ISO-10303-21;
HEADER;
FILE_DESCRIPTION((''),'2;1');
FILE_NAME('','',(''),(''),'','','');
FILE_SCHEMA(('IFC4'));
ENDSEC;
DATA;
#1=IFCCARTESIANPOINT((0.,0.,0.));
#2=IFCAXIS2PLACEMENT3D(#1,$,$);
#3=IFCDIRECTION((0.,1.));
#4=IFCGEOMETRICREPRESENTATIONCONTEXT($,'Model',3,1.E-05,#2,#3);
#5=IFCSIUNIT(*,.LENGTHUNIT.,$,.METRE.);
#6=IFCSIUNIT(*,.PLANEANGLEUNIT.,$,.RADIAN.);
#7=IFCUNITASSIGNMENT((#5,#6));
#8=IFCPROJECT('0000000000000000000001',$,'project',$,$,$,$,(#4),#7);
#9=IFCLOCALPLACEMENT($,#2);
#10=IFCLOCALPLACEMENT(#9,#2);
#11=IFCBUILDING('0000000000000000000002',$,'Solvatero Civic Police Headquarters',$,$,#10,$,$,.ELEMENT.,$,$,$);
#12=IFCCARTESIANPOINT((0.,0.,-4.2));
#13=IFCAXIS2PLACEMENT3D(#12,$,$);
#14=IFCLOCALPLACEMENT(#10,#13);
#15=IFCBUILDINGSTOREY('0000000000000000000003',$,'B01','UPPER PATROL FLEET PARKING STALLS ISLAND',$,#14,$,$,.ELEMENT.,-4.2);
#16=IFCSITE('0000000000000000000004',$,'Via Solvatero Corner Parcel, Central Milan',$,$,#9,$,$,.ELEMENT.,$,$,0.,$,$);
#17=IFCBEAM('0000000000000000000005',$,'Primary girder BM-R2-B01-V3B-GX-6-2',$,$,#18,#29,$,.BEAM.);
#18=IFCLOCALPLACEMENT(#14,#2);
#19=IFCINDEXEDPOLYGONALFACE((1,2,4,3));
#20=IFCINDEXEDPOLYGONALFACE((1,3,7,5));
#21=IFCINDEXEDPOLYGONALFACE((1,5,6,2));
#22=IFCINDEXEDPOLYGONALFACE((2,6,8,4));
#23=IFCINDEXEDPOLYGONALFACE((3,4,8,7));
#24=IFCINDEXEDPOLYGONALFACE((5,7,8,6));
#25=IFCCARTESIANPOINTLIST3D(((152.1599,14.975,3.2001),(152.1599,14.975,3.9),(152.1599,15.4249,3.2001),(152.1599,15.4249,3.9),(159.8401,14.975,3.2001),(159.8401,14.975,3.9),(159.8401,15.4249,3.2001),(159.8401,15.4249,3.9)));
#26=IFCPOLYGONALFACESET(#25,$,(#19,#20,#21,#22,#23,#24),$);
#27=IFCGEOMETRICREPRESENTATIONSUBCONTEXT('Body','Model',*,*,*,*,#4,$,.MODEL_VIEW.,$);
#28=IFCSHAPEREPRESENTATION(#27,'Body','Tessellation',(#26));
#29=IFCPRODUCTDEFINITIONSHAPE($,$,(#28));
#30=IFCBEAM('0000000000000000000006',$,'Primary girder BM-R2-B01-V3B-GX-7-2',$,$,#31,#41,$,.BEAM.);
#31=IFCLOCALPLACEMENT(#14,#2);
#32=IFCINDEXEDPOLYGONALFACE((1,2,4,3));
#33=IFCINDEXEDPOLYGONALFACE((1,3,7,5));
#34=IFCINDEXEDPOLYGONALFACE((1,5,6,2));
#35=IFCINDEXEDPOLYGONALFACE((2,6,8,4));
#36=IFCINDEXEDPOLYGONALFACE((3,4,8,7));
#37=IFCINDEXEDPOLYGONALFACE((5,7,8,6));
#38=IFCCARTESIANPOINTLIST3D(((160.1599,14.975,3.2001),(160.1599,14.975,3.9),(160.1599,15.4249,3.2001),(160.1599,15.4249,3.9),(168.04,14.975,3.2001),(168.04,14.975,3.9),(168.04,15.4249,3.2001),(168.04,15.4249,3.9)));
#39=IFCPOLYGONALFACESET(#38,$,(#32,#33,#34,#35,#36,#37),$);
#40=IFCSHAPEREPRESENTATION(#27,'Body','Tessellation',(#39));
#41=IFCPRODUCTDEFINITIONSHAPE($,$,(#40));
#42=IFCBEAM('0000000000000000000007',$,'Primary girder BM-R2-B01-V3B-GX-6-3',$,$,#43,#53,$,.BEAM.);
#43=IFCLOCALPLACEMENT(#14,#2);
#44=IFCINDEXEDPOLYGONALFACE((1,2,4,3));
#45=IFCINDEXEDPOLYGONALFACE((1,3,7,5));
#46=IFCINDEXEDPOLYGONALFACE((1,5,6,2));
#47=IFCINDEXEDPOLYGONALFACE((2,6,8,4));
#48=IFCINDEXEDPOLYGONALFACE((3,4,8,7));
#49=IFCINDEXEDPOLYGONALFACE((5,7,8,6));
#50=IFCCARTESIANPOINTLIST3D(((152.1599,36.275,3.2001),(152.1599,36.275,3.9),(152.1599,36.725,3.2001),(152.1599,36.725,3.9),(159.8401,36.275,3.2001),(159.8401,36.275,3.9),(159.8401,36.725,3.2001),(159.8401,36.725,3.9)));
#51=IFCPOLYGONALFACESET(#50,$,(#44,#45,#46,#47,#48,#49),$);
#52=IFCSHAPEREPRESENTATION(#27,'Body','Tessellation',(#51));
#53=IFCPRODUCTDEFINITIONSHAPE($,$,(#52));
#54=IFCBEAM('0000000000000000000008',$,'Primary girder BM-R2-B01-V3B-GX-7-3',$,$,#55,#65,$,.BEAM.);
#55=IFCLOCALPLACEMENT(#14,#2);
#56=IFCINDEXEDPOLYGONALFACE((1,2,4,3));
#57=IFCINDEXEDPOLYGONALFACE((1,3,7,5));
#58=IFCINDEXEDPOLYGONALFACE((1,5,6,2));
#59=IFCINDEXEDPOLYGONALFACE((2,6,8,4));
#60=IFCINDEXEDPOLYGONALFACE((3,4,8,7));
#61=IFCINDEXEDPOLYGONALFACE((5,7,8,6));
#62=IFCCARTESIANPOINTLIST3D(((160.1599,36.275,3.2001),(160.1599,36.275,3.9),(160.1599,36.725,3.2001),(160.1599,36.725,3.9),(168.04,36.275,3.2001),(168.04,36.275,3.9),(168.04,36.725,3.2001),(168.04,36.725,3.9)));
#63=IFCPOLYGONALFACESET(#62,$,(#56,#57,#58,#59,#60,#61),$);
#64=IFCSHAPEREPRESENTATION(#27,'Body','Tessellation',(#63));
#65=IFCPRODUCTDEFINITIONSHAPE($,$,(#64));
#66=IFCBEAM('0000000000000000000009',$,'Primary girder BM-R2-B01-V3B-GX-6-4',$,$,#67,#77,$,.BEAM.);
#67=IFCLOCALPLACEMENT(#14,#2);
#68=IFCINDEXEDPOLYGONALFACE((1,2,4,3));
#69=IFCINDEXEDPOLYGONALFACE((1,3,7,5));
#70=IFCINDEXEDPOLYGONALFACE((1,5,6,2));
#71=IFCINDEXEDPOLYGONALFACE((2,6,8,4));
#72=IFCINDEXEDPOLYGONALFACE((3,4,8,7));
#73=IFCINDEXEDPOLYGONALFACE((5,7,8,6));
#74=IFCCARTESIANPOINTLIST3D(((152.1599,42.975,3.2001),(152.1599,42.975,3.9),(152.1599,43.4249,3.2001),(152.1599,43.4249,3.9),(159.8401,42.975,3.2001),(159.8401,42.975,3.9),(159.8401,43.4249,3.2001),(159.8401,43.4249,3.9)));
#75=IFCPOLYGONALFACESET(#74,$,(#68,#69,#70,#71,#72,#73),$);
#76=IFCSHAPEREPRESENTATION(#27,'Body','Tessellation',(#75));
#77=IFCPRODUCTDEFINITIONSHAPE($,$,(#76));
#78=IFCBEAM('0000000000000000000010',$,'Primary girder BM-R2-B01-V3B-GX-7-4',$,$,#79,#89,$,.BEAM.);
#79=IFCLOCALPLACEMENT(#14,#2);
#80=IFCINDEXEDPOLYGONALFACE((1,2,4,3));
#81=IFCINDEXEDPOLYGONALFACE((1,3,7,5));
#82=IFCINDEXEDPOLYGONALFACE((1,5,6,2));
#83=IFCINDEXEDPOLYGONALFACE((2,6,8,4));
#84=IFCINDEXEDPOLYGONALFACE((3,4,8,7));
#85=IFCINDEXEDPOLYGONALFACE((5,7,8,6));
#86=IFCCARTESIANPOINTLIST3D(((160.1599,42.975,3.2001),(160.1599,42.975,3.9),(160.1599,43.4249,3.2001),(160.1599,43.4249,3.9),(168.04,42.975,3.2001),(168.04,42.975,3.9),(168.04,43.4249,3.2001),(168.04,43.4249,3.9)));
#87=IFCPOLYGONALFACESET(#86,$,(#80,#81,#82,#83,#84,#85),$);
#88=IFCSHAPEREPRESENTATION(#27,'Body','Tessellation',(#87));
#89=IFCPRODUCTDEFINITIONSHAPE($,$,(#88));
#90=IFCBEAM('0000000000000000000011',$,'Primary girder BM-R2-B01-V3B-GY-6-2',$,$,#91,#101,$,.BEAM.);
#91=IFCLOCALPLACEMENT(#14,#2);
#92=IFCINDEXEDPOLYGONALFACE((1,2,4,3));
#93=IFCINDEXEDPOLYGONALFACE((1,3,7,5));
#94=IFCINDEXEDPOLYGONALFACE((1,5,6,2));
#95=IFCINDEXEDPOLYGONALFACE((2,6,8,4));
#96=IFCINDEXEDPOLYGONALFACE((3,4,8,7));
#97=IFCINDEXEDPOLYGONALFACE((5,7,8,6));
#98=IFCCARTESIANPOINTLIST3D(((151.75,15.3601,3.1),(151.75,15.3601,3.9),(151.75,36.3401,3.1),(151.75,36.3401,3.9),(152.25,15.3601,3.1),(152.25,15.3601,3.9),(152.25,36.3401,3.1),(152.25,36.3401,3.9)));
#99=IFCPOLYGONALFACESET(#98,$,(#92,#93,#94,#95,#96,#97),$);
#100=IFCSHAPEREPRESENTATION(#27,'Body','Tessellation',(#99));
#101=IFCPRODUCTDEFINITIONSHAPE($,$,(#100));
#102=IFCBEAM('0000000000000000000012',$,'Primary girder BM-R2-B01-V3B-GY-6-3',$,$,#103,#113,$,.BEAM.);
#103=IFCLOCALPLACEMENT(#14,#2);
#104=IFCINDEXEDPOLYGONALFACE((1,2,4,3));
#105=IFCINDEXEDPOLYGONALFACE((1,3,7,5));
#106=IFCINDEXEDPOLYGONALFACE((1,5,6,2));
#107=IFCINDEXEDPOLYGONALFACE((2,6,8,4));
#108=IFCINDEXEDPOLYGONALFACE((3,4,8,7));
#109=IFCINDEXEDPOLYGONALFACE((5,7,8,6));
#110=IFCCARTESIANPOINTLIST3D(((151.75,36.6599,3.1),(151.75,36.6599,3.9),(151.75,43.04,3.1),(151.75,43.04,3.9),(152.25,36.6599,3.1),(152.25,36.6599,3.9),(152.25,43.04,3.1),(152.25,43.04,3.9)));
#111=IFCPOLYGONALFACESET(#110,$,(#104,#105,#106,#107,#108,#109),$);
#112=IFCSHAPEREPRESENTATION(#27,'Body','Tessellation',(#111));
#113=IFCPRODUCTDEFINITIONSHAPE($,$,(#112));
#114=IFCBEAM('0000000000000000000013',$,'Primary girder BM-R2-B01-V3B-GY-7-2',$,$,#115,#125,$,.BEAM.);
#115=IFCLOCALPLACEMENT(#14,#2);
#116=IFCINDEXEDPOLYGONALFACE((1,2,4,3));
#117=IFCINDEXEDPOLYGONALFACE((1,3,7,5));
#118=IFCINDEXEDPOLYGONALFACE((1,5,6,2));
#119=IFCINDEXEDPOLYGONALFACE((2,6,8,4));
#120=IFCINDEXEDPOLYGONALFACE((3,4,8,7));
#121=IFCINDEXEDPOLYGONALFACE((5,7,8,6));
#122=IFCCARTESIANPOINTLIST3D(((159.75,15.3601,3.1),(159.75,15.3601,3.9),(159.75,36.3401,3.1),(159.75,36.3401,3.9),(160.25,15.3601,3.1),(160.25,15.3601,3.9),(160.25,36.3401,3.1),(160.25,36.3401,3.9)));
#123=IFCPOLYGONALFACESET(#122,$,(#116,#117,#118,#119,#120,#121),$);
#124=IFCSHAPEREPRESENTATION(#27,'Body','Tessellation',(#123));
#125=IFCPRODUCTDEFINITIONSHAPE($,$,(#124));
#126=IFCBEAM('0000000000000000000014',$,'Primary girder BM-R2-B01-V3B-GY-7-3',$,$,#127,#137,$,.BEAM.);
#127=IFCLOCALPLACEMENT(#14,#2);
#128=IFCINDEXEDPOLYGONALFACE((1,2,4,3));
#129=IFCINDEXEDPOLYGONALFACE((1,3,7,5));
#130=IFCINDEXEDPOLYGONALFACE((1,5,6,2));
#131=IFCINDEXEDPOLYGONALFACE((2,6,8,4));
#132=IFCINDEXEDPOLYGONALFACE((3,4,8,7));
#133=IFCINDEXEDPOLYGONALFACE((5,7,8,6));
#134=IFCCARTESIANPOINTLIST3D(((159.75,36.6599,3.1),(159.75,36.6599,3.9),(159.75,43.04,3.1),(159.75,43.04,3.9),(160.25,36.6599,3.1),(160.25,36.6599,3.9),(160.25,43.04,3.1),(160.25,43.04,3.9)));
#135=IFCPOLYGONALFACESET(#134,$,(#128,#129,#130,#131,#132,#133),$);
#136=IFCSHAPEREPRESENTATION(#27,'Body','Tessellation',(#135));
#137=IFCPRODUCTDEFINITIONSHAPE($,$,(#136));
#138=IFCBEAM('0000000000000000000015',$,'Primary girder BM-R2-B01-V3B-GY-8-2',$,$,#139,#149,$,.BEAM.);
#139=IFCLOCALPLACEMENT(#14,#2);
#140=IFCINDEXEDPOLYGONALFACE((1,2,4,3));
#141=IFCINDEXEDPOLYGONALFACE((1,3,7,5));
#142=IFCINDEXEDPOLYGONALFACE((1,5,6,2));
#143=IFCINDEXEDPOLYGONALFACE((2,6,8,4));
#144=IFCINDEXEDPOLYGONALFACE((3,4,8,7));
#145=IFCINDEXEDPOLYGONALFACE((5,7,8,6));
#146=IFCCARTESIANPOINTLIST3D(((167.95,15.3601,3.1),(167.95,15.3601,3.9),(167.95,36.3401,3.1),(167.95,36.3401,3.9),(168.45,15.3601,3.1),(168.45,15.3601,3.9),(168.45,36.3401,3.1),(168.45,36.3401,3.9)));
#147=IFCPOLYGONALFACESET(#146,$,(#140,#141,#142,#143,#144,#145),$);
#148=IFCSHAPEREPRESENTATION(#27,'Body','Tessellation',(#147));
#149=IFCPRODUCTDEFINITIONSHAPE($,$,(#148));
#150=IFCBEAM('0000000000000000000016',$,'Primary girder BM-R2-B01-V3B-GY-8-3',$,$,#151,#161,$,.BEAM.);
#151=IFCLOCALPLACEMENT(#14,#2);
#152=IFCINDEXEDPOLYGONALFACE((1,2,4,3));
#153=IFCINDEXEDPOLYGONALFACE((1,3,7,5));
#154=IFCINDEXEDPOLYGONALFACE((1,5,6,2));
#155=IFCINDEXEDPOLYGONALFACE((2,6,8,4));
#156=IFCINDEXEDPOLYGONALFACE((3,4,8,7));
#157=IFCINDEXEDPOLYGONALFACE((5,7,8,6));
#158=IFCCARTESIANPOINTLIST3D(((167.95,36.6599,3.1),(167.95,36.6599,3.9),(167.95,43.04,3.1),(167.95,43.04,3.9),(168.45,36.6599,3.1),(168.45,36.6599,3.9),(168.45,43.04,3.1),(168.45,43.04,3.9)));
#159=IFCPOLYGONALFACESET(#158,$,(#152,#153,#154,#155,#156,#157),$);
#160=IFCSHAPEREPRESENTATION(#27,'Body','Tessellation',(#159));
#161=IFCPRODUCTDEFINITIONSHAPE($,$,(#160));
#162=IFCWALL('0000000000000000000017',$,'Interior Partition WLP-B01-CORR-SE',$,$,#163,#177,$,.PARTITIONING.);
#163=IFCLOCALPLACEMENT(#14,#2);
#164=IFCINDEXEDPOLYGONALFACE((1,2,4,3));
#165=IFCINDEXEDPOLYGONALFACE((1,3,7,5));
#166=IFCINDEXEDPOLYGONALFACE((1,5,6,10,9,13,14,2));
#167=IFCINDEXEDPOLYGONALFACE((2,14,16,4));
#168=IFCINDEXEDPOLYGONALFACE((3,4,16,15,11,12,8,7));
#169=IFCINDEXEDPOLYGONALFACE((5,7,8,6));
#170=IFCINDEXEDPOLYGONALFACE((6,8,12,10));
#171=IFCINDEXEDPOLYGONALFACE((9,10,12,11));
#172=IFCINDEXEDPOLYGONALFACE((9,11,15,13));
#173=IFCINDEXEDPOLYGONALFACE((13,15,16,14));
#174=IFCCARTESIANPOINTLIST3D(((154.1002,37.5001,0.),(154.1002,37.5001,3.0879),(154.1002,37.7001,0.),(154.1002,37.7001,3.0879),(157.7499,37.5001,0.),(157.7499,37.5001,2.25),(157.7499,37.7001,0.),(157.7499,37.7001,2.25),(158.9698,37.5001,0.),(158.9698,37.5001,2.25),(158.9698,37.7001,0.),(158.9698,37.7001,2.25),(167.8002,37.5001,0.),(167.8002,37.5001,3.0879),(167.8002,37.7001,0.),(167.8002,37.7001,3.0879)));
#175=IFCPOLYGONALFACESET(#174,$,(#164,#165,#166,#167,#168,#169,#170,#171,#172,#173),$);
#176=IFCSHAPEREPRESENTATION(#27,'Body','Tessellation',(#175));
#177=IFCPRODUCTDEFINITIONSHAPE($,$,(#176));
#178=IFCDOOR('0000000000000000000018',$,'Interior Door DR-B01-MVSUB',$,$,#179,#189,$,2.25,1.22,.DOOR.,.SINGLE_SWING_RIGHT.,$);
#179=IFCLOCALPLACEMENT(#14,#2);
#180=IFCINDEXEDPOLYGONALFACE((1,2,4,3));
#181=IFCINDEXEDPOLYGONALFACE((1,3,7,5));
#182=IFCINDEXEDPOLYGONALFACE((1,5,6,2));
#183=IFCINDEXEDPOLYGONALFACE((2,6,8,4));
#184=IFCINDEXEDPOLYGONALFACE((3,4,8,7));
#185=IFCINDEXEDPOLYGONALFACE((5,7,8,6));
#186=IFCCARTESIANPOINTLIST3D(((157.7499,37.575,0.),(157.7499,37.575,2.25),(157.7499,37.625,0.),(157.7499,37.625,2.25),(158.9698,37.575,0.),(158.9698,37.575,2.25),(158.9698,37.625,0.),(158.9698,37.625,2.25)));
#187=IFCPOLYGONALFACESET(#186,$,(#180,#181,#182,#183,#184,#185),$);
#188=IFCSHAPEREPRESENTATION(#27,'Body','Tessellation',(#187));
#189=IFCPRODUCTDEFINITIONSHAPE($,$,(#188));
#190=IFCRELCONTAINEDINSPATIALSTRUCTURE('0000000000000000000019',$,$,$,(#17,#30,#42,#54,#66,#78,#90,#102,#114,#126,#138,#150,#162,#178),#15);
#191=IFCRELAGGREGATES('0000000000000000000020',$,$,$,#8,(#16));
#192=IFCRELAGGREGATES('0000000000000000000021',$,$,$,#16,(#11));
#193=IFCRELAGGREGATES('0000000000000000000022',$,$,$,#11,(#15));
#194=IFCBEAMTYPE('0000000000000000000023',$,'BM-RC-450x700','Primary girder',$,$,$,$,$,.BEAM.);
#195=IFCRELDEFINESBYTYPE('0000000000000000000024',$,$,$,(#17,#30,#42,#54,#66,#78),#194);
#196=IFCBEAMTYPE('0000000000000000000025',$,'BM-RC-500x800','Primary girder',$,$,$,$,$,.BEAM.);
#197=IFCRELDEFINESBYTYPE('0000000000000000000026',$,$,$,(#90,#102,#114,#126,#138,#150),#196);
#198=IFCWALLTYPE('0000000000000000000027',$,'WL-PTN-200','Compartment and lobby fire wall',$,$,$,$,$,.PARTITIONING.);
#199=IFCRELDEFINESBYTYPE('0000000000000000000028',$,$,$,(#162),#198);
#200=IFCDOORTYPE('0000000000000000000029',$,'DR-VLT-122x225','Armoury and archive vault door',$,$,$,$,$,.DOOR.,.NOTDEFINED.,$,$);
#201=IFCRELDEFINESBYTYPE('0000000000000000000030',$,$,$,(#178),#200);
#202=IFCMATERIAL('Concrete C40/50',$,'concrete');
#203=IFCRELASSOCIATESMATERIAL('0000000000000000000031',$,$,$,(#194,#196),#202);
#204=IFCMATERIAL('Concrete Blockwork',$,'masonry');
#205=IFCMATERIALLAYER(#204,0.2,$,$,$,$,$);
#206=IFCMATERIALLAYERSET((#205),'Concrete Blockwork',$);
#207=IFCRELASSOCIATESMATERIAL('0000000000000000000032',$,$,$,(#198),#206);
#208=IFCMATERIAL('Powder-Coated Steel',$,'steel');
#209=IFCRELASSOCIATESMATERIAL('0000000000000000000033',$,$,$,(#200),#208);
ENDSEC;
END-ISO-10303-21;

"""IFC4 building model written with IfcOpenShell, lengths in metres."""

from ifc_helpers import new_model, si_unit, direction, frame, frame_2d, origin, origin_2d, place, context, subcontext, project, spatial, rectangle, extrude, material, layer, layer_set, material_profile, profile_set, type_object, element, fill, save


model = new_model("IFC4")

# Units and contexts
model_context = context("Model", 3, precision=1e-05, world=origin(), true_north=direction((0.0, 1.0)))
body_context = subcontext(model_context, "Body", "Model", "MODEL_VIEW")
ifc_project = project(units=[si_unit("LENGTHUNIT", "METRE"), si_unit("PLANEANGLEUNIT", "RADIAN")], contexts=[model_context])

# Site, building, storey
site_placement = place(None, origin())
site = spatial("IfcSite", under=ifc_project, at=site_placement, Name="Via Solvatero Corner Parcel, Central Milan", CompositionType="ELEMENT", RefElevation=0.0)
building_placement = place(site_placement, origin())
building = spatial("IfcBuilding", under=site, at=building_placement, Name="Solvatero Civic Police Headquarters", CompositionType="ELEMENT")
storey_placement = place(building_placement, frame((0.0, 0.0, -4.2)))
storey = spatial("IfcBuildingStorey", under=building, at=storey_placement, Name="B01", Description="UPPER PATROL FLEET PARKING STALLS ISLAND", CompositionType="ELEMENT", Elevation=-4.2)

# Shared definitions
ifc_material_1 = material(Name="Concrete C40/50", Category="concrete")

# Beams
ifc_material_profile_1 = material_profile(ifc_material_1, rectangle(XDim=0.45, YDim=0.7, at=origin_2d()), Name="RC 450x700")
ifc_profile_set_1 = profile_set([ifc_material_profile_1], Name="Concrete C40/50")
beam_type_1 = type_object("IfcBeamType", Name="BM-RC-450x700", Description="Primary girder", PredefinedType="BEAM", material=ifc_profile_set_1)
beam_1_placement = place(storey_placement, frame((152.1599, 15.2, 3.55), z_axis=(1.0, 0.0, 0.0), x_axis=(0.0, 1.0, 0.0)))
element("IfcBeam", 1, at=beam_1_placement, inside=storey, type_object=beam_type_1, Name="Primary girder BM-R2-B01-V3B-GX-6-2", PredefinedType="BEAM", context=body_context, shape_type="SweptSolid", body=[
    extrude(rectangle(XDim=0.45, YDim=0.7, at=origin_2d()), origin(), (0.0, 0.0, 1.0), 7.6802),
])
beam_2_placement = place(storey_placement, frame((160.1599, 15.2, 3.55), z_axis=(1.0, 0.0, 0.0), x_axis=(0.0, 1.0, 0.0)))
element("IfcBeam", 2, at=beam_2_placement, inside=storey, type_object=beam_type_1, Name="Primary girder BM-R2-B01-V3B-GX-7-2", PredefinedType="BEAM", context=body_context, shape_type="SweptSolid", body=[
    extrude(rectangle(XDim=0.45, YDim=0.7, at=origin_2d()), origin(), (0.0, 0.0, 1.0), 7.8801),
])
beam_3_placement = place(storey_placement, frame((152.1599, 36.5, 3.55), z_axis=(1.0, 0.0, 0.0), x_axis=(0.0, 1.0, 0.0)))
element("IfcBeam", 3, at=beam_3_placement, inside=storey, type_object=beam_type_1, Name="Primary girder BM-R2-B01-V3B-GX-6-3", PredefinedType="BEAM", context=body_context, shape_type="SweptSolid", body=[
    extrude(rectangle(XDim=0.45, YDim=0.7, at=origin_2d()), origin(), (0.0, 0.0, 1.0), 7.6802),
])
beam_4_placement = place(storey_placement, frame((160.1599, 36.5, 3.55), z_axis=(1.0, 0.0, 0.0), x_axis=(0.0, 1.0, 0.0)))
element("IfcBeam", 4, at=beam_4_placement, inside=storey, type_object=beam_type_1, Name="Primary girder BM-R2-B01-V3B-GX-7-3", PredefinedType="BEAM", context=body_context, shape_type="SweptSolid", body=[
    extrude(rectangle(XDim=0.45, YDim=0.7, at=origin_2d()), origin(), (0.0, 0.0, 1.0), 7.8801),
])
beam_5_placement = place(storey_placement, frame((152.1599, 43.2, 3.55), z_axis=(1.0, 0.0, 0.0), x_axis=(0.0, 1.0, 0.0)))
element("IfcBeam", 5, at=beam_5_placement, inside=storey, type_object=beam_type_1, Name="Primary girder BM-R2-B01-V3B-GX-6-4", PredefinedType="BEAM", context=body_context, shape_type="SweptSolid", body=[
    extrude(rectangle(XDim=0.45, YDim=0.7, at=origin_2d()), origin(), (0.0, 0.0, 1.0), 7.6802),
])
beam_6_placement = place(storey_placement, frame((160.1599, 43.2, 3.55), z_axis=(1.0, 0.0, 0.0), x_axis=(0.0, 1.0, 0.0)))
element("IfcBeam", 6, at=beam_6_placement, inside=storey, type_object=beam_type_1, Name="Primary girder BM-R2-B01-V3B-GX-7-4", PredefinedType="BEAM", context=body_context, shape_type="SweptSolid", body=[
    extrude(rectangle(XDim=0.45, YDim=0.7, at=origin_2d()), origin(), (0.0, 0.0, 1.0), 7.8801),
])
ifc_material_profile_2 = material_profile(ifc_material_1, rectangle(XDim=0.5, YDim=0.8, at=origin_2d()), Name="RC 500x800")
ifc_profile_set_2 = profile_set([ifc_material_profile_2], Name="Concrete C40/50")
beam_type_2 = type_object("IfcBeamType", Name="BM-RC-500x800", Description="Primary girder", PredefinedType="BEAM", material=ifc_profile_set_2)
beam_7_placement = place(storey_placement, frame((152.0, 15.3601, 3.5), z_axis=(0.0, 1.0, 0.0), x_axis=(-1.0, 0.0, 0.0)))
element("IfcBeam", 7, at=beam_7_placement, inside=storey, type_object=beam_type_2, Name="Primary girder BM-R2-B01-V3B-GY-6-2", PredefinedType="BEAM", context=body_context, shape_type="SweptSolid", body=[
    extrude(rectangle(XDim=0.5, YDim=0.8, at=origin_2d()), origin(), (0.0, 0.0, 1.0), 20.98),
])
beam_8_placement = place(storey_placement, frame((152.0, 36.6599, 3.5), z_axis=(0.0, 1.0, 0.0), x_axis=(-1.0, 0.0, 0.0)))
element("IfcBeam", 8, at=beam_8_placement, inside=storey, type_object=beam_type_2, Name="Primary girder BM-R2-B01-V3B-GY-6-3", PredefinedType="BEAM", context=body_context, shape_type="SweptSolid", body=[
    extrude(rectangle(XDim=0.5, YDim=0.8, at=origin_2d()), origin(), (0.0, 0.0, 1.0), 6.3801),
])
beam_9_placement = place(storey_placement, frame((160.0, 15.3601, 3.5), z_axis=(0.0, 1.0, 0.0), x_axis=(-1.0, 0.0, 0.0)))
element("IfcBeam", 9, at=beam_9_placement, inside=storey, type_object=beam_type_2, Name="Primary girder BM-R2-B01-V3B-GY-7-2", PredefinedType="BEAM", context=body_context, shape_type="SweptSolid", body=[
    extrude(rectangle(XDim=0.5, YDim=0.8, at=origin_2d()), origin(), (0.0, 0.0, 1.0), 20.98),
])
beam_10_placement = place(storey_placement, frame((160.0, 36.6599, 3.5), z_axis=(0.0, 1.0, 0.0), x_axis=(-1.0, 0.0, 0.0)))
element("IfcBeam", 10, at=beam_10_placement, inside=storey, type_object=beam_type_2, Name="Primary girder BM-R2-B01-V3B-GY-7-3", PredefinedType="BEAM", context=body_context, shape_type="SweptSolid", body=[
    extrude(rectangle(XDim=0.5, YDim=0.8, at=origin_2d()), origin(), (0.0, 0.0, 1.0), 6.3801),
])
beam_11_placement = place(storey_placement, frame((168.2, 15.3601, 3.5), z_axis=(0.0, 1.0, 0.0), x_axis=(-1.0, 0.0, 0.0)))
element("IfcBeam", 11, at=beam_11_placement, inside=storey, type_object=beam_type_2, Name="Primary girder BM-R2-B01-V3B-GY-8-2", PredefinedType="BEAM", context=body_context, shape_type="SweptSolid", body=[
    extrude(rectangle(XDim=0.5, YDim=0.8, at=origin_2d()), origin(), (0.0, 0.0, 1.0), 20.98),
])
beam_12_placement = place(storey_placement, frame((168.2, 36.6599, 3.5), z_axis=(0.0, 1.0, 0.0), x_axis=(-1.0, 0.0, 0.0)))
element("IfcBeam", 12, at=beam_12_placement, inside=storey, type_object=beam_type_2, Name="Primary girder BM-R2-B01-V3B-GY-8-3", PredefinedType="BEAM", context=body_context, shape_type="SweptSolid", body=[
    extrude(rectangle(XDim=0.5, YDim=0.8, at=origin_2d()), origin(), (0.0, 0.0, 1.0), 6.3801),
])

# Wall, opening, door
ifc_material_2 = material(Name="Concrete Blockwork", Category="masonry")
ifc_layer = layer(ifc_material_2, 0.2)
ifc_layer_set = layer_set([ifc_layer], Name="Concrete Blockwork")
wall_type = type_object("IfcWallType", Name="WL-PTN-200", Description="Compartment and lobby fire wall", PredefinedType="PARTITIONING", material=ifc_layer_set)
wall_1_placement = place(storey_placement, frame((154.1001, 37.6001, 0.0), z_axis=(0.0, 0.0, 1.0), x_axis=(1.0, 0.0, 0.0)))
wall_1 = element("IfcWall", 13, at=wall_1_placement, inside=storey, type_object=wall_type, Name="Interior Partition WLP-B01-CORR-SE", PredefinedType="PARTITIONING", context=body_context, shape_type="SweptSolid", body=[
    extrude(rectangle(XDim=13.7, YDim=0.2, at=frame_2d((6.8501, 0.0))), origin(), (0.0, 0.0, 1.0), 3.0879),
])
opening_1_placement = place(wall_1_placement, frame((3.6499, 0.0, 0.0)))
opening_1 = element("IfcOpeningElement", 14, at=opening_1_placement, cuts=wall_1, PredefinedType="OPENING", context=body_context, shape_type="SweptSolid", body=[
    extrude(rectangle(XDim=1.22, YDim=2.25, at=frame_2d((0.6099, 1.125))), frame((0.0, 0.1099, 0.0), z_axis=(0.0, -1.0, 0.0), x_axis=(1.0, 0.0, 0.0)), (0.0, 0.0, 1.0), 0.22),
])
ifc_material_3 = material(Name="Powder-Coated Steel", Category="steel")
door_type_1 = type_object("IfcDoorType", Name="DR-VLT-122x225", Description="Armoury and archive vault door", OperationType="NOTDEFINED", PredefinedType="DOOR", material=ifc_material_3)
door_1_placement = place(opening_1_placement, origin())
door_1 = element("IfcDoor", 15, at=door_1_placement, inside=storey, type_object=door_type_1, Name="Interior Door DR-B01-MVSUB", OperationType="SINGLE_SWING_RIGHT", OverallHeight=2.25, OverallWidth=1.22, PredefinedType="DOOR", context=body_context, shape_type="SweptSolid", body=[
    extrude(rectangle(XDim=1.22, YDim=2.25, at=frame_2d((0.6099, 1.125))), frame((0.0, 0.0249, 0.0), z_axis=(0.0, -1.0, 0.0), x_axis=(1.0, 0.0, 0.0)), (0.0, 0.0, 1.0), 0.05),
])
fill(opening_1, door_1)

save(model, "model.ifc")
